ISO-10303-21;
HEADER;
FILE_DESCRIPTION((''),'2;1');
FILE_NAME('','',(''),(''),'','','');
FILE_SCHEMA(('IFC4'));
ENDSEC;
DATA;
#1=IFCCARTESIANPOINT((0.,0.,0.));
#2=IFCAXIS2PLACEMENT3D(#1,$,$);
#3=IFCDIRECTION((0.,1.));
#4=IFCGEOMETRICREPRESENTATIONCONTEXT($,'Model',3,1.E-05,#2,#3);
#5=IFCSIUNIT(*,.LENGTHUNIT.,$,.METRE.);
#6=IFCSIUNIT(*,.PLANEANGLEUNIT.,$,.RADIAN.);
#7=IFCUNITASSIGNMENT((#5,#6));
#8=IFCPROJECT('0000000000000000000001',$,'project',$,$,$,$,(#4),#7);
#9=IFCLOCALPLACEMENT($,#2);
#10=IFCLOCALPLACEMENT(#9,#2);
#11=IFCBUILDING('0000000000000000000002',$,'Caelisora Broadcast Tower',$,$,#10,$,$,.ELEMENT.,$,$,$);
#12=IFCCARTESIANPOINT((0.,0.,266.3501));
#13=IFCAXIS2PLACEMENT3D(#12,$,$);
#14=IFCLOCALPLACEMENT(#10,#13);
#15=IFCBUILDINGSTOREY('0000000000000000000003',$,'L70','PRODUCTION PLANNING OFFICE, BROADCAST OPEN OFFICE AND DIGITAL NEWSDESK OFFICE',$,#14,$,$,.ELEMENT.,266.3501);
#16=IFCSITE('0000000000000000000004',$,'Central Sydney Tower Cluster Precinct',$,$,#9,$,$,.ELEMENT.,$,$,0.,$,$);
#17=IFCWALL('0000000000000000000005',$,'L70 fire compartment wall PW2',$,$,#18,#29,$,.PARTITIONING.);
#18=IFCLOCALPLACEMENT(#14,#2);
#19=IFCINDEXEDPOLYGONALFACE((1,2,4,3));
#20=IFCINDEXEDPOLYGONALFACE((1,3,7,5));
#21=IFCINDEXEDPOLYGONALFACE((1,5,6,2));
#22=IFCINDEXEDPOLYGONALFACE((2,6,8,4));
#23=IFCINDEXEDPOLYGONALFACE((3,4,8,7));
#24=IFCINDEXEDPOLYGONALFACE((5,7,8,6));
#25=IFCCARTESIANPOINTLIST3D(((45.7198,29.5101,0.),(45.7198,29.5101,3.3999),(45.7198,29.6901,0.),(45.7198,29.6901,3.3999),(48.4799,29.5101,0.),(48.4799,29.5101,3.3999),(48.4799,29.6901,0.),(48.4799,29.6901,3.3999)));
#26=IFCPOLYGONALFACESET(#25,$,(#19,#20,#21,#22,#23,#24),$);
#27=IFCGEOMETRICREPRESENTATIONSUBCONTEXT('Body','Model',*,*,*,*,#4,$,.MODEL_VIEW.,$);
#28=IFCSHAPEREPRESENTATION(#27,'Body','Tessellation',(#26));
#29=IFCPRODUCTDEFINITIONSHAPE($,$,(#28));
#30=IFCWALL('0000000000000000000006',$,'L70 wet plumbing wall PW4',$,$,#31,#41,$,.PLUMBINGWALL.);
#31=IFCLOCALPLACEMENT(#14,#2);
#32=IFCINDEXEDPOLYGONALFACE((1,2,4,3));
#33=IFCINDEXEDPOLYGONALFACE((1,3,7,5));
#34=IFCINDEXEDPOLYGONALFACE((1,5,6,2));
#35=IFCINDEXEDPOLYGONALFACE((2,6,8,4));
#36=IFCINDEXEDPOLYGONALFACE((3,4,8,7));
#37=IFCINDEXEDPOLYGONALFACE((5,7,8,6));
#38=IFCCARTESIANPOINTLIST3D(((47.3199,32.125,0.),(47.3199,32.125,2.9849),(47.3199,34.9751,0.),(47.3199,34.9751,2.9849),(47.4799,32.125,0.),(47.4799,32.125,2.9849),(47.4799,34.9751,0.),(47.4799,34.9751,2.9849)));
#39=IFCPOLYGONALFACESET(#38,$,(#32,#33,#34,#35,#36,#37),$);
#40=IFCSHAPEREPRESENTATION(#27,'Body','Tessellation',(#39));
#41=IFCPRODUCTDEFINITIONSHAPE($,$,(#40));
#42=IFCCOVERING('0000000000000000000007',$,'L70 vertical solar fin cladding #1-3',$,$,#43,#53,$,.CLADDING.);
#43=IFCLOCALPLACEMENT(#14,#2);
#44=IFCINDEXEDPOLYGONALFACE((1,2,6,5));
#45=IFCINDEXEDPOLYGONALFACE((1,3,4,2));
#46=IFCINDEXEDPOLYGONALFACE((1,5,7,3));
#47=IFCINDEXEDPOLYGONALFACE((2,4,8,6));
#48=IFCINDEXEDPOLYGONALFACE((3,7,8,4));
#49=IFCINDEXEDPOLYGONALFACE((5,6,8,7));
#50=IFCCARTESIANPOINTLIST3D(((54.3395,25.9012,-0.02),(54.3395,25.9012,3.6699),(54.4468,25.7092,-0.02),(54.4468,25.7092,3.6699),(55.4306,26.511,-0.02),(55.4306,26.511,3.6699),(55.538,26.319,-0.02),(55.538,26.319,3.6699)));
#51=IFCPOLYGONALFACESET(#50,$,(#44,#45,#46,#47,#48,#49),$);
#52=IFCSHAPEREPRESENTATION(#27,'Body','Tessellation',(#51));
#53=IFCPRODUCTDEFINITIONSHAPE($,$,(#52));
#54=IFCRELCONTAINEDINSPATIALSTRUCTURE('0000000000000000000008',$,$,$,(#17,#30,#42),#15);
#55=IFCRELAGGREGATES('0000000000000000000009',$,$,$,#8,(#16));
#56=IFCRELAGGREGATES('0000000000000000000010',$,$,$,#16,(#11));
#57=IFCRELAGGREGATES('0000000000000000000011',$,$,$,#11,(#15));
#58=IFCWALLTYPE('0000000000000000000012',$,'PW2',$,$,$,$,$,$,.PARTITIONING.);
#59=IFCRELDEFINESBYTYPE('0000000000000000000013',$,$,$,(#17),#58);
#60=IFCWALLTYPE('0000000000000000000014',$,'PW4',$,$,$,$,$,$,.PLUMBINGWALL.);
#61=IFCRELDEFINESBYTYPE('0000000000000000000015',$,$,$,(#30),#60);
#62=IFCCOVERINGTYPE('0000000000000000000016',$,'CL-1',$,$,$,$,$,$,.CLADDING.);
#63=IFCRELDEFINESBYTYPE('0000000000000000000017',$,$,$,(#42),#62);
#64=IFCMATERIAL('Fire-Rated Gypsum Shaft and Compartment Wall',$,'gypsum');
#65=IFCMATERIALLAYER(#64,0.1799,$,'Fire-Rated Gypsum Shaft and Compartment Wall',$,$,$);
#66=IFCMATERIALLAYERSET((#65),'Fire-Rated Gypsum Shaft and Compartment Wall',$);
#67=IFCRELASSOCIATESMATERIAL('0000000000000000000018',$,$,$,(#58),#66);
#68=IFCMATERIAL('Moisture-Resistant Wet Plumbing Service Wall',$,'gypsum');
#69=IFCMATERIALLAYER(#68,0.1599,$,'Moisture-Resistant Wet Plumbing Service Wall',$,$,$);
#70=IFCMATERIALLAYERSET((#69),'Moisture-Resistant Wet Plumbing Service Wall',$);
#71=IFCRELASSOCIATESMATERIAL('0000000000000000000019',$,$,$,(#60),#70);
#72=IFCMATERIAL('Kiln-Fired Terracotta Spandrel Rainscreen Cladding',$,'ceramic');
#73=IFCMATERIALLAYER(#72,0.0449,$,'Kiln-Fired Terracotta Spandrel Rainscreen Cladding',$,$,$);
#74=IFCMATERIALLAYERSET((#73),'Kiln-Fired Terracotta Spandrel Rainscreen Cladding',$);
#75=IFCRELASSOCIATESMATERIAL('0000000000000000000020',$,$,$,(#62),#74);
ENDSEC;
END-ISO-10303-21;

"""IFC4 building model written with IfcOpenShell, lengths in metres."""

from ifc_helpers import new_model, si_unit, direction, frame, frame_2d, origin, origin_2d, place, context, subcontext, project, spatial, rectangle, extrude, source, transform, mapped, material, layer, layer_set, type_object, type_shapes, element, save


model = new_model("IFC4")

# Units and contexts
model_context = context("Model", 3, precision=1e-05, world=origin(), true_north=direction((0.0, 1.0)))
body_context = subcontext(model_context, "Body", "Model", "MODEL_VIEW")
ifc_project = project(units=[si_unit("LENGTHUNIT", "METRE"), si_unit("PLANEANGLEUNIT", "RADIAN")], contexts=[model_context])

# Site, building, storey
site_placement = place(None, origin())
site = spatial("IfcSite", under=ifc_project, at=site_placement, Name="Central Sydney Tower Cluster Precinct", CompositionType="ELEMENT", RefElevation=0.0)
building_placement = place(site_placement, origin())
building = spatial("IfcBuilding", under=site, at=building_placement, Name="Caelisora Broadcast Tower", CompositionType="ELEMENT")
storey_placement = place(building_placement, frame((0.0, 0.0, 266.3501)))
storey = spatial("IfcBuildingStorey", under=building, at=storey_placement, Name="L70", Description="PRODUCTION PLANNING OFFICE, BROADCAST OPEN OFFICE AND DIGITAL NEWSDESK OFFICE", CompositionType="ELEMENT", Elevation=266.3501)

# Shared definitions
ifc_material_1 = material(Name="Fire-Rated Gypsum Shaft and Compartment Wall", Category="gypsum")
ifc_layer_1 = layer(ifc_material_1, 0.1799, Name="Fire-Rated Gypsum Shaft and Compartment Wall")
ifc_layer_set_1 = layer_set([ifc_layer_1], Name="Fire-Rated Gypsum Shaft and Compartment Wall")
wall_type_1 = type_object("IfcWallType", Name="PW2", PredefinedType="PARTITIONING", material=ifc_layer_set_1)

# Walls
for number, where, z_axis, x_axis, name in (
    (1, (45.72, 29.6001, 0.0), (0.0, 0.0, 1.0), (1.0, 0.0, 0.0), "L70 fire compartment wall PW2"),
):
    element("IfcWall", number, at=place(storey_placement, frame(where, z_axis=z_axis, x_axis=x_axis)), inside=storey, type_object=wall_type_1, Name=name, PredefinedType="PARTITIONING", context=body_context, shape_type="SweptSolid", body=[
        extrude(rectangle(XDim=2.76, YDim=0.1799, at=frame_2d((1.3799, 0.0))), origin(), (0.0, 0.0, 1.0), 3.3999),
    ])
ifc_material_2 = material(Name="Moisture-Resistant Wet Plumbing Service Wall", Category="gypsum")
ifc_layer_2 = layer(ifc_material_2, 0.1599, Name="Moisture-Resistant Wet Plumbing Service Wall")
ifc_layer_set_2 = layer_set([ifc_layer_2], Name="Moisture-Resistant Wet Plumbing Service Wall")
wall_type_2 = type_object("IfcWallType", Name="PW4", PredefinedType="PLUMBINGWALL", material=ifc_layer_set_2)
wall_1_placement = place(storey_placement, frame((47.3999, 32.125, 0.0), z_axis=(0.0, 0.0, 1.0), x_axis=(0.0, 1.0, 0.0)))
element("IfcWall", 2, at=wall_1_placement, inside=storey, type_object=wall_type_2, Name="L70 wet plumbing wall PW4", PredefinedType="PLUMBINGWALL", context=body_context, shape_type="SweptSolid", body=[
    extrude(rectangle(XDim=2.8501, YDim=0.1599, at=frame_2d((1.425, 0.0))), origin(), (0.0, 0.0, 1.0), 2.9849),
])

# Covering
ifc_material_3 = material(Name="Kiln-Fired Terracotta Spandrel Rainscreen Cladding", Category="ceramic")
ifc_layer_3 = layer(ifc_material_3, 0.0449, Name="Kiln-Fired Terracotta Spandrel Rainscreen Cladding")
ifc_layer_set_3 = layer_set([ifc_layer_3], Name="Kiln-Fired Terracotta Spandrel Rainscreen Cladding")
covering_type = type_object("IfcCoveringType", Name="CL-1", PredefinedType="CLADDING", material=ifc_layer_set_3)
shared_shape_1 = source(origin(), body_context, "Body", "SweptSolid", [
    extrude(rectangle(XDim=0.22, YDim=1.25, at=origin_2d()), origin(), (0.0, 0.0, 1.0), 3.6899),
])
type_shapes(covering_type, [shared_shape_1])
covering_placement = place(storey_placement, frame((54.9387, 26.1101, -0.02), z_axis=(0.0, 0.0, 1.0), x_axis=(0.48786, -0.872922, 0.0)))
element("IfcCovering", 3, at=covering_placement, inside=storey, type_object=covering_type, Name="L70 vertical solar fin cladding #1-3", PredefinedType="CLADDING", context=body_context, shape_type="MappedRepresentation", body=[
    mapped(shared_shape_1, transform((0.0, 0.0, 0.0), scale=1.0)),
])

save(model, "model.ifc")
